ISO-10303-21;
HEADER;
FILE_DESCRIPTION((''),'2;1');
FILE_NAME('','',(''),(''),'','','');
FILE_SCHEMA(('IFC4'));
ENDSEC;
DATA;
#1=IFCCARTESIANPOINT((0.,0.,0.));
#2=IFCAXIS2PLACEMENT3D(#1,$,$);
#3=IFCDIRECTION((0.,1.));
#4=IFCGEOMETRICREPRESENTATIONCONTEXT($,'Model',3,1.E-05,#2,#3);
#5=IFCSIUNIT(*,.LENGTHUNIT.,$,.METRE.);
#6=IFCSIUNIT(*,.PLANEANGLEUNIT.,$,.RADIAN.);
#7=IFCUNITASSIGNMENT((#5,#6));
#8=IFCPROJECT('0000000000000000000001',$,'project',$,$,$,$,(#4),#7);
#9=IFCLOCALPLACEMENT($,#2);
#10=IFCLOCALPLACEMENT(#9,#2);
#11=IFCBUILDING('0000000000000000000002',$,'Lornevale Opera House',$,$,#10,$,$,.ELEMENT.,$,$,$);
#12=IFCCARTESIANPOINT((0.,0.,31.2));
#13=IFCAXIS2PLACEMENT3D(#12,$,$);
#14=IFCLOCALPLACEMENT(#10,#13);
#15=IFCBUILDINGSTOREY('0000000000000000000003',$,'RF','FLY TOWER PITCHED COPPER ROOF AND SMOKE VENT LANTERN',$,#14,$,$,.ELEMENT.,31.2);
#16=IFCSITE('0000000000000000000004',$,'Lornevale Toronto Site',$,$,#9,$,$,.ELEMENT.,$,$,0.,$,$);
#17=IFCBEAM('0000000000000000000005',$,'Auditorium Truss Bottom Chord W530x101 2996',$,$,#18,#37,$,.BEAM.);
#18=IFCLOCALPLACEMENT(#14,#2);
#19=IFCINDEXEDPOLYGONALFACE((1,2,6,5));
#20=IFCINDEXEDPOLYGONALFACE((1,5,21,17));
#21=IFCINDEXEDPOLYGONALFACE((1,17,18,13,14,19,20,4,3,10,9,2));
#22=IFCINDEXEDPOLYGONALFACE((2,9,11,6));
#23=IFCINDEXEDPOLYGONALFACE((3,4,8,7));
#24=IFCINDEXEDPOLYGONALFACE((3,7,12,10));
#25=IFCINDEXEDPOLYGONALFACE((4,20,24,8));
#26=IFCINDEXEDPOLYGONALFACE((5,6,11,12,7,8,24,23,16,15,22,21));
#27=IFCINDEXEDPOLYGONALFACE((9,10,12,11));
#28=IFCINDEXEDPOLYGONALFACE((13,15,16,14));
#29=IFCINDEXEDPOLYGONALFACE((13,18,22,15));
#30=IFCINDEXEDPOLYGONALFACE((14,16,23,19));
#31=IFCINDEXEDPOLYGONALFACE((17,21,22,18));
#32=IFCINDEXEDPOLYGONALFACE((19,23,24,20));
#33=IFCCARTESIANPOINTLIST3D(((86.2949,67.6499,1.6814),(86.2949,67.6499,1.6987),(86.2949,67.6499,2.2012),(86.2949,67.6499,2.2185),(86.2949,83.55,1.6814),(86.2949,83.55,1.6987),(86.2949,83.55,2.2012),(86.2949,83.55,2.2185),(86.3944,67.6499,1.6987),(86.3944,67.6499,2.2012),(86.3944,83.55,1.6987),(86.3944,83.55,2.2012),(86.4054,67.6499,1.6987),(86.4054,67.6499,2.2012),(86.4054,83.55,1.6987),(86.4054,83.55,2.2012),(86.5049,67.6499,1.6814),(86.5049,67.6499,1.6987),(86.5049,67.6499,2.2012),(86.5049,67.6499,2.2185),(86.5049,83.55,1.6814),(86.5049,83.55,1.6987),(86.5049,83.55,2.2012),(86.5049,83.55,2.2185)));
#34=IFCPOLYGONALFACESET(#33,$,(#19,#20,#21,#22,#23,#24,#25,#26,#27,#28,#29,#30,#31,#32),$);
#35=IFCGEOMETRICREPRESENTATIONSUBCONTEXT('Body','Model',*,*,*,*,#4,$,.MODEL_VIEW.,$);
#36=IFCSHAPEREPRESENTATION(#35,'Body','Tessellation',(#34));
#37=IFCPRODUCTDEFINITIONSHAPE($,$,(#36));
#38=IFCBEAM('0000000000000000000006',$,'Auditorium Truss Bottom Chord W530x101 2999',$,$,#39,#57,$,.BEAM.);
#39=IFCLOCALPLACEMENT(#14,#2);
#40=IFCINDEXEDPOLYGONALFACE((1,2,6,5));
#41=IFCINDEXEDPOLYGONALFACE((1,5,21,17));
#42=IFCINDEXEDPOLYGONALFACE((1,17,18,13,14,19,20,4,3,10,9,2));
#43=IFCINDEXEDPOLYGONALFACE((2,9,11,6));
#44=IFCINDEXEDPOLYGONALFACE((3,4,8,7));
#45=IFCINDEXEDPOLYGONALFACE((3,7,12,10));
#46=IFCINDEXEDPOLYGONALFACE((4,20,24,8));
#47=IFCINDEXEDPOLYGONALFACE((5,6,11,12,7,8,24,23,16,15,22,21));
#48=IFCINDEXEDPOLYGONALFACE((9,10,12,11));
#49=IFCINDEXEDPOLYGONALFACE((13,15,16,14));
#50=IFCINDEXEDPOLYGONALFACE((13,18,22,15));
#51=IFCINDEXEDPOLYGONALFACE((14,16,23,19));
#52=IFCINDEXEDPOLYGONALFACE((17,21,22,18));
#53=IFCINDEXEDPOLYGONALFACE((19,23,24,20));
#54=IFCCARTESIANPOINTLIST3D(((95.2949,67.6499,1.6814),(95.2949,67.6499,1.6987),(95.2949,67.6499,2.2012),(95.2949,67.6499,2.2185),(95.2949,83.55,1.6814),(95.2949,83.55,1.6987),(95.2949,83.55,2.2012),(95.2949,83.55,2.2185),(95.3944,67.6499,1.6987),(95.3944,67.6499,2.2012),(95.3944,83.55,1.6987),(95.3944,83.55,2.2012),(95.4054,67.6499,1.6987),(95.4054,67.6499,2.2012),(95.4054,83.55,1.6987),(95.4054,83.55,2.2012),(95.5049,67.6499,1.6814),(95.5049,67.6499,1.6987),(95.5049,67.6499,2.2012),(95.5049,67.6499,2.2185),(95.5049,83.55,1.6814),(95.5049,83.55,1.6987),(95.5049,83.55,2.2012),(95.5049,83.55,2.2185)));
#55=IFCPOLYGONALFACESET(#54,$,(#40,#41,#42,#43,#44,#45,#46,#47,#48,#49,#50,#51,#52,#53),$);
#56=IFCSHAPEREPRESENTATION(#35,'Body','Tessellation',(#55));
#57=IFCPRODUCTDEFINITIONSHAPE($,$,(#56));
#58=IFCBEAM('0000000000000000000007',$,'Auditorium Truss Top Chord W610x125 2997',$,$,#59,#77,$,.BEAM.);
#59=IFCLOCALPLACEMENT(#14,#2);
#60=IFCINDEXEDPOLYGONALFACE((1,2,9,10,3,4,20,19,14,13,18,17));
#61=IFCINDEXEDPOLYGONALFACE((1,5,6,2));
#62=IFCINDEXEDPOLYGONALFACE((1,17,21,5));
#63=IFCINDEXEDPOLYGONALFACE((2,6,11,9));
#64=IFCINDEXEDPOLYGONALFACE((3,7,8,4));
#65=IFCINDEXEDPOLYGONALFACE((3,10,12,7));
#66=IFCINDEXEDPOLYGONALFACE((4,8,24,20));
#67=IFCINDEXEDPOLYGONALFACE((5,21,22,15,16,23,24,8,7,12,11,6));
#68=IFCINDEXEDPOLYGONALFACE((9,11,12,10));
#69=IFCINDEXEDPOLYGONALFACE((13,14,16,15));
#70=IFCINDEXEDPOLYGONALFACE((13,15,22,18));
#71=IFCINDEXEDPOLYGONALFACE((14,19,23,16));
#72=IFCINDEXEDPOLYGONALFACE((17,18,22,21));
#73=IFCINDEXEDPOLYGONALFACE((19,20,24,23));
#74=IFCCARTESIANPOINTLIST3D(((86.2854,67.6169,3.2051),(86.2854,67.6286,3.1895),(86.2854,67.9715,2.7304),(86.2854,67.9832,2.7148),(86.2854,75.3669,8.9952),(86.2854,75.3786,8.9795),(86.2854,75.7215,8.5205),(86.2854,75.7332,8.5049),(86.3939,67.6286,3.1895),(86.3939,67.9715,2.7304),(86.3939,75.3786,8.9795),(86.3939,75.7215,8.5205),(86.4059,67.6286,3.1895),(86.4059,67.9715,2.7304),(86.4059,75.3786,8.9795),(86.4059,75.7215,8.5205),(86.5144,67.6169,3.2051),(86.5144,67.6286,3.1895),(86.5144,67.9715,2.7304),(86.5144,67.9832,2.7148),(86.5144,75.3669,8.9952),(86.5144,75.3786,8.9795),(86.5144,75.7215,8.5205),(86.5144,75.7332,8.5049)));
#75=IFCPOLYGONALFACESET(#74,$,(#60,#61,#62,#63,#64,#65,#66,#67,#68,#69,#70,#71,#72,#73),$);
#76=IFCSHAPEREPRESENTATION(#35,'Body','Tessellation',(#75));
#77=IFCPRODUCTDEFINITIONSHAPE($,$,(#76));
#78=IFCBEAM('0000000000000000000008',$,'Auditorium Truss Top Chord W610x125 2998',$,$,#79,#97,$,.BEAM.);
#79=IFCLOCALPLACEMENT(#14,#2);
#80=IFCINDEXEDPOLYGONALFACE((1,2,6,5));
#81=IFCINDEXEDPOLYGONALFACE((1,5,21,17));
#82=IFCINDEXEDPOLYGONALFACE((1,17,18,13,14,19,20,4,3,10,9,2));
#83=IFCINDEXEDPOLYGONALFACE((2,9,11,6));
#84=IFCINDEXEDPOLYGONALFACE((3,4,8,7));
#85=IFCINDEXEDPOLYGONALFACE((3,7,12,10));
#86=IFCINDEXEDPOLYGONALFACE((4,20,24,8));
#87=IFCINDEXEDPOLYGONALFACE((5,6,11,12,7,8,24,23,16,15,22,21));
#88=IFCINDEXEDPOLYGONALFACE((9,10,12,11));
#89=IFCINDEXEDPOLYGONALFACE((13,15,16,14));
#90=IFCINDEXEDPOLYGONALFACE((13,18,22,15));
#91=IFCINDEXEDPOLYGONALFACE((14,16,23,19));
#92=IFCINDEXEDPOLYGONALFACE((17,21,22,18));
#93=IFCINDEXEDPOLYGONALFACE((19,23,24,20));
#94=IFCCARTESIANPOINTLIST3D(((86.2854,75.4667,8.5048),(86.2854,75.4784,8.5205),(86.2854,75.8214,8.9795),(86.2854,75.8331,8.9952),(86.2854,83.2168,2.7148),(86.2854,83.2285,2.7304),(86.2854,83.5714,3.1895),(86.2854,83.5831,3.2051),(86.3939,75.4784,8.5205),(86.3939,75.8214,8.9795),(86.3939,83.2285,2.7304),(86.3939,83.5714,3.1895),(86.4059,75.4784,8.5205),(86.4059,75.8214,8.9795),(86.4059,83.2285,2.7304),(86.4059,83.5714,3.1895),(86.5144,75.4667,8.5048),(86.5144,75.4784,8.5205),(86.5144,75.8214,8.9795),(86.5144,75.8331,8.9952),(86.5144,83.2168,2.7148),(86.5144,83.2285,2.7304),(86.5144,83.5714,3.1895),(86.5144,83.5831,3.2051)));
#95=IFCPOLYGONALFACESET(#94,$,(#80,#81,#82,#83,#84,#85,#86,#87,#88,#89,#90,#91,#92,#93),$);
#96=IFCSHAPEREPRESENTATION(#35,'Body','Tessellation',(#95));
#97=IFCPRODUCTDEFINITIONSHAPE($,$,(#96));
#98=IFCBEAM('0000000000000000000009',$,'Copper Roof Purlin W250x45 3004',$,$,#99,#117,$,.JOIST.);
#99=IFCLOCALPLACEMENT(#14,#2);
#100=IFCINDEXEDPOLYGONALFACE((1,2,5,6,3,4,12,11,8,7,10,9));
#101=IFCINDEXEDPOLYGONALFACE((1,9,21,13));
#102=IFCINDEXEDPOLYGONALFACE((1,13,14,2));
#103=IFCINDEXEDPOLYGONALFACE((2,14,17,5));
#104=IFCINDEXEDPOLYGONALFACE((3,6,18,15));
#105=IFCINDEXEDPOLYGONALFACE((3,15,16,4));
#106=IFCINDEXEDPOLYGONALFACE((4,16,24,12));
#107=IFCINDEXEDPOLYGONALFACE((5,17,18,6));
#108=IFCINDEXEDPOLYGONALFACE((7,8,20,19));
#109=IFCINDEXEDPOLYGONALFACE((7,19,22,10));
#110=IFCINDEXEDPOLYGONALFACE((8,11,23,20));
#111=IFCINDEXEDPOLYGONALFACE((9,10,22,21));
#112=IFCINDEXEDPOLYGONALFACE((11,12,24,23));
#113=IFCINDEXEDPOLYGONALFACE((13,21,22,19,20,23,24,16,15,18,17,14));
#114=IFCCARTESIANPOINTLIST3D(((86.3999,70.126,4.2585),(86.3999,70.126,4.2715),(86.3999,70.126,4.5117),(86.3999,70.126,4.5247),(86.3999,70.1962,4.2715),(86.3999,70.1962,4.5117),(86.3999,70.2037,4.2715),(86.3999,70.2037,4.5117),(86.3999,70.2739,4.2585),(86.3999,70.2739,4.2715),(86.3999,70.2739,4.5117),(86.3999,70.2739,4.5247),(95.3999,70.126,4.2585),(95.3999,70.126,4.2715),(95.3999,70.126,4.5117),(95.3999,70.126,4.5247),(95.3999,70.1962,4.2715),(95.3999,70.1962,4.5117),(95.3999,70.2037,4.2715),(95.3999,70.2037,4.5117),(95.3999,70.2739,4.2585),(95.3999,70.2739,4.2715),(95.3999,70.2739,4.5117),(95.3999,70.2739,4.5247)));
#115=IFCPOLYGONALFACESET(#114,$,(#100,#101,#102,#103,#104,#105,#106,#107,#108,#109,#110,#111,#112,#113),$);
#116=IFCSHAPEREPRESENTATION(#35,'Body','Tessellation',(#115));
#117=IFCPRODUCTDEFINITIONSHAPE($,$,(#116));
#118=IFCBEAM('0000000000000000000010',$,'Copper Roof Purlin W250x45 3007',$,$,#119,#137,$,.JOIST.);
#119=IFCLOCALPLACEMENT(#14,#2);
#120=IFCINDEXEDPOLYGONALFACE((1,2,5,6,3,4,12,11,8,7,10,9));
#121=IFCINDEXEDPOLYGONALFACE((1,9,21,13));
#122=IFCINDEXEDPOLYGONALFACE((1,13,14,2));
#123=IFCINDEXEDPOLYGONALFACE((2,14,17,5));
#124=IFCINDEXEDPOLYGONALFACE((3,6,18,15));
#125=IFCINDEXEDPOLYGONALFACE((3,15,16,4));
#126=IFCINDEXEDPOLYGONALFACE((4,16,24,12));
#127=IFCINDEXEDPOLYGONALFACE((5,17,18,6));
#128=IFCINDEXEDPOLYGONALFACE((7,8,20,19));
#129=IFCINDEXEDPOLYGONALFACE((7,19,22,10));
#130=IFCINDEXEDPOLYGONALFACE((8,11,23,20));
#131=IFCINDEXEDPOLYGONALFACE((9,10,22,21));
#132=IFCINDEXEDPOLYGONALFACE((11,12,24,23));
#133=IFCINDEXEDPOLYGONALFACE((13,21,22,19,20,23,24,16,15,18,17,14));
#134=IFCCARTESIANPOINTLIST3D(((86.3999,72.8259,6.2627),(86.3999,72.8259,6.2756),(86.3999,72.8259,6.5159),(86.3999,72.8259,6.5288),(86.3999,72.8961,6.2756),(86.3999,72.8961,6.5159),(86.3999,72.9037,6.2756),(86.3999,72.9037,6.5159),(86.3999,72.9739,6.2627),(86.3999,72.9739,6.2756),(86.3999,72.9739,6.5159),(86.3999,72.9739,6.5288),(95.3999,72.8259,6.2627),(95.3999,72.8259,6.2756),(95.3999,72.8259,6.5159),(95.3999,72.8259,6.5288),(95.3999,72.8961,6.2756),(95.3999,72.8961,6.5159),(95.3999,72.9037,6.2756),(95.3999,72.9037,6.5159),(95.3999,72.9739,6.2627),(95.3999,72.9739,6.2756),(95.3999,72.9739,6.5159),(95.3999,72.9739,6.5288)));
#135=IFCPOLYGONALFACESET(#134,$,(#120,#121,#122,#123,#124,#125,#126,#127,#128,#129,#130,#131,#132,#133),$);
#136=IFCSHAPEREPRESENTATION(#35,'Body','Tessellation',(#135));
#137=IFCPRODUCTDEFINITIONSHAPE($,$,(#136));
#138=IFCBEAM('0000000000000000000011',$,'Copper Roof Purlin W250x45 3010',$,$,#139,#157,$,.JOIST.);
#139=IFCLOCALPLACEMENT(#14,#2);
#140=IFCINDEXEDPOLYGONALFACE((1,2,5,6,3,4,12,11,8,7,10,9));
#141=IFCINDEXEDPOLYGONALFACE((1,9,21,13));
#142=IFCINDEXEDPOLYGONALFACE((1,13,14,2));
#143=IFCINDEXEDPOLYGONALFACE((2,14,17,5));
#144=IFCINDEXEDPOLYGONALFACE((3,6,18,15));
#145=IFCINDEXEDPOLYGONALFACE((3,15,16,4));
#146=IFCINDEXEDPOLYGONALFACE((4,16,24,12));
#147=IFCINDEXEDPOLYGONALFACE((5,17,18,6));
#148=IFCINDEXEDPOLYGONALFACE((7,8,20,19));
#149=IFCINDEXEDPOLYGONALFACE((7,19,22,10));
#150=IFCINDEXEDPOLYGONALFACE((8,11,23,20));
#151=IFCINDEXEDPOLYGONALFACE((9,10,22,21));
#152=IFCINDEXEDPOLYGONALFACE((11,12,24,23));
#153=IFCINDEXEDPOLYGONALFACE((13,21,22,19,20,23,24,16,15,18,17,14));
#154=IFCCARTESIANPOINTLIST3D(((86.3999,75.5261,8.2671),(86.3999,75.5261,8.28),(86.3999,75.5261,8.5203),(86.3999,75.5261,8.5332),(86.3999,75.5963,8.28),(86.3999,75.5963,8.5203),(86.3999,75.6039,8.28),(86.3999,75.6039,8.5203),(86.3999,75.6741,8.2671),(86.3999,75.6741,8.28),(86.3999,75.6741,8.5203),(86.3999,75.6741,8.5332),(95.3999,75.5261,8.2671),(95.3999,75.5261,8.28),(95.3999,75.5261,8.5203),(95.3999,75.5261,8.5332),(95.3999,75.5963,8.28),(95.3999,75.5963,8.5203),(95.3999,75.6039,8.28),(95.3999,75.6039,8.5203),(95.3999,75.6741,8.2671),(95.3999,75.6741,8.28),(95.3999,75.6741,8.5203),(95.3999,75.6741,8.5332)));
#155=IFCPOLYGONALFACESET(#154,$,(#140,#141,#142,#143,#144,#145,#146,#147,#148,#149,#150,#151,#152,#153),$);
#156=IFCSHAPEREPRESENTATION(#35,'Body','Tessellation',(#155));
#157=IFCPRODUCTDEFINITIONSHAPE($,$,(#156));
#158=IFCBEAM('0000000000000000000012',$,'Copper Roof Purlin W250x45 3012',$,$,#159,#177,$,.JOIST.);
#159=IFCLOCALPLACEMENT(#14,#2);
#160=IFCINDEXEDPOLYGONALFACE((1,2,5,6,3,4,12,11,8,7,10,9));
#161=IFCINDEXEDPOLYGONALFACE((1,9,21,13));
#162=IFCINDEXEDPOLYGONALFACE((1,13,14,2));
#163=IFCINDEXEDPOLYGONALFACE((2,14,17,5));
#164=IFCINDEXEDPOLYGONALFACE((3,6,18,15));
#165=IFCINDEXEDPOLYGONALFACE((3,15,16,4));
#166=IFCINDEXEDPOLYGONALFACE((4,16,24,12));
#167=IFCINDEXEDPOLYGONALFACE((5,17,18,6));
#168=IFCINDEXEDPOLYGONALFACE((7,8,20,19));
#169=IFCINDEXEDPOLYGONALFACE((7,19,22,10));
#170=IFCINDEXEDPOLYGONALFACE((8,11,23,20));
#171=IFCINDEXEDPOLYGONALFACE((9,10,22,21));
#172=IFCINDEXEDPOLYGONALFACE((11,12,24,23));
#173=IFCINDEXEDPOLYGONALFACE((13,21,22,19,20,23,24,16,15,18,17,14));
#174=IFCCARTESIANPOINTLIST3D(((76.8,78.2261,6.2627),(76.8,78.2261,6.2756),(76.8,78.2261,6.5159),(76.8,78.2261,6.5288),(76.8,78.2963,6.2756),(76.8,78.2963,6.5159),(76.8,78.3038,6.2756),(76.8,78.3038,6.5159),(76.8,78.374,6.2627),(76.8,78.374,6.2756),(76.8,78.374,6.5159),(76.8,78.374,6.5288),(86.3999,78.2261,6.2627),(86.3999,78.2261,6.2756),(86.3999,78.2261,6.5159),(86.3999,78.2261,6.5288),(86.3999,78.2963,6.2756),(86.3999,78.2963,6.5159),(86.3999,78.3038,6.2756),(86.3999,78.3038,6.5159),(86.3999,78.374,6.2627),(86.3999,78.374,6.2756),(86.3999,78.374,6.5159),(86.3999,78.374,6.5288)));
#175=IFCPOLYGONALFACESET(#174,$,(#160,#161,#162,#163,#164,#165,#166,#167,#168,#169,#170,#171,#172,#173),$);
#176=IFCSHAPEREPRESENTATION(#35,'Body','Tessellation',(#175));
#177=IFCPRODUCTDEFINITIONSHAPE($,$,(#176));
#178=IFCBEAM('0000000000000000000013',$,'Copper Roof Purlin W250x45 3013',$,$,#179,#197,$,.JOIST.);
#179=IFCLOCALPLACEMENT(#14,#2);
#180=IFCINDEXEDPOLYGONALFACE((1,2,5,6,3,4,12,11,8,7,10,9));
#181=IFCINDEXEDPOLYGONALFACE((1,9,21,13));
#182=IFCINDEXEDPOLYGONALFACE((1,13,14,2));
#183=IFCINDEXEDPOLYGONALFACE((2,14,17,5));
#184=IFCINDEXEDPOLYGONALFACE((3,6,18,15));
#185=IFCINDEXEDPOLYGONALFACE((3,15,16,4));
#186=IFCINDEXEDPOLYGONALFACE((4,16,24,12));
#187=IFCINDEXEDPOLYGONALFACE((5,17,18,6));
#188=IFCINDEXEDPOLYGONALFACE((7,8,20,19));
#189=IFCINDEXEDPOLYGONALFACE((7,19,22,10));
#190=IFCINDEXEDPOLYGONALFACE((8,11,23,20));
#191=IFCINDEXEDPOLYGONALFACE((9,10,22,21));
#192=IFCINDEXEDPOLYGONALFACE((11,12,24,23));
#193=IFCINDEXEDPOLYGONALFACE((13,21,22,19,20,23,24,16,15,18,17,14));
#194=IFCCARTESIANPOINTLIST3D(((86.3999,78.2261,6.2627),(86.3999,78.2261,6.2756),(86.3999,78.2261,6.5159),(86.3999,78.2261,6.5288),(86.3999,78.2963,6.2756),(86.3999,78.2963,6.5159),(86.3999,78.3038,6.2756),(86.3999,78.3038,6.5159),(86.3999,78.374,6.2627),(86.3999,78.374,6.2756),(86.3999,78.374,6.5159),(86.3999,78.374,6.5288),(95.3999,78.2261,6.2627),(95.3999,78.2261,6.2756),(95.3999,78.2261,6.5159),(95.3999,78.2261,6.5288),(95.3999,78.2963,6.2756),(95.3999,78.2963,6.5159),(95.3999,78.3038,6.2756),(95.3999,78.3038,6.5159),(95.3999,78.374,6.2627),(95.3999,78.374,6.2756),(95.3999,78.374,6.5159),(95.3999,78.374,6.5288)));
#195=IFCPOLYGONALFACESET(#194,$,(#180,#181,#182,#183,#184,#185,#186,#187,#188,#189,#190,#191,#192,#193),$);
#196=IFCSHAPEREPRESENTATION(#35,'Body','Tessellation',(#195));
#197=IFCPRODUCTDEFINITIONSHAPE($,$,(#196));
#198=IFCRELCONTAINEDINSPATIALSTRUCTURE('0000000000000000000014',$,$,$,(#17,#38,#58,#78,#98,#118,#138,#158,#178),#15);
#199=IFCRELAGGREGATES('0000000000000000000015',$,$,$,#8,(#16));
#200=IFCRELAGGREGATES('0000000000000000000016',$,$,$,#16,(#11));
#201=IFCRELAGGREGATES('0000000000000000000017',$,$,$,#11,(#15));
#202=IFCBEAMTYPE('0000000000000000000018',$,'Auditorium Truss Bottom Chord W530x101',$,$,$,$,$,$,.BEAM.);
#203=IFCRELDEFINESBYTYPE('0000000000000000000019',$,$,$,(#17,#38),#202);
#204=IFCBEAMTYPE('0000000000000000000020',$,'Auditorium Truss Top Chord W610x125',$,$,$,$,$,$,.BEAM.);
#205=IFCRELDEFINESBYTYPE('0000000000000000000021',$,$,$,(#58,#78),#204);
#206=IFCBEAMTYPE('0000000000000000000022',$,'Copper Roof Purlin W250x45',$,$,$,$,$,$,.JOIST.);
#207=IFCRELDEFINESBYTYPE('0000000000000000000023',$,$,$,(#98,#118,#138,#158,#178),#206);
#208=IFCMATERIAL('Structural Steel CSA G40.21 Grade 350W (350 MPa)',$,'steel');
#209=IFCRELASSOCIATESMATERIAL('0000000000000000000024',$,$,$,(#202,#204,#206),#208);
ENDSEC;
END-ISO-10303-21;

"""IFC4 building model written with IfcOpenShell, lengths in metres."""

from ifc_helpers import new_model, si_unit, direction, frame, origin, origin_2d, place, context, subcontext, project, spatial, i_section, extrude, material, material_profile, profile_set, type_object, element, save


model = new_model("IFC4")

# Units and contexts
model_context = context("Model", 3, precision=1e-05, world=origin(), true_north=direction((0.0, 1.0)))
body_context = subcontext(model_context, "Body", "Model", "MODEL_VIEW")
ifc_project = project(units=[si_unit("LENGTHUNIT", "METRE"), si_unit("PLANEANGLEUNIT", "RADIAN")], contexts=[model_context])

# Site, building, storey
site_placement = place(None, origin())
site = spatial("IfcSite", under=ifc_project, at=site_placement, Name="Lornevale Toronto Site", CompositionType="ELEMENT", RefElevation=0.0)
building_placement = place(site_placement, origin())
building = spatial("IfcBuilding", under=site, at=building_placement, Name="Lornevale Opera House", CompositionType="ELEMENT")
storey_placement = place(building_placement, frame((0.0, 0.0, 31.2)))
storey = spatial("IfcBuildingStorey", under=building, at=storey_placement, Name="RF", Description="FLY TOWER PITCHED COPPER ROOF AND SMOKE VENT LANTERN", CompositionType="ELEMENT", Elevation=31.2)

# Beams
ifc_material_1 = material(Name="Structural Steel CSA G40.21 Grade 350W (350 MPa)", Category="steel")
ifc_material_profile_1 = material_profile(ifc_material_1, i_section(OverallWidth=0.21, OverallDepth=0.5371, WebThickness=0.011, FlangeThickness=0.0173, at=origin_2d()), Name="W530x101")
ifc_profile_set_1 = profile_set([ifc_material_profile_1], Name="Structural Steel CSA G40.21 Grade 350W (350 MPa)")
beam_type_1 = type_object("IfcBeamType", Name="Auditorium Truss Bottom Chord W530x101", PredefinedType="BEAM", material=ifc_profile_set_1)
for number, where, z_axis, x_axis, name in (
    (1, (86.3999, 67.6499, 1.95), (0.0, 1.0, 0.0), (-1.0, 0.0, 0.0), "Auditorium Truss Bottom Chord W530x101 2996"),
    (2, (95.3999, 67.6499, 1.95), (0.0, 1.0, 0.0), (-1.0, 0.0, 0.0), "Auditorium Truss Bottom Chord W530x101 2999"),
):
    element("IfcBeam", number, at=place(storey_placement, frame(where, z_axis=z_axis, x_axis=x_axis)), inside=storey, type_object=beam_type_1, Name=name, PredefinedType="BEAM", context=body_context, shape_type="SweptSolid", body=[
        extrude(i_section(OverallWidth=0.21, OverallDepth=0.5371, WebThickness=0.011, FlangeThickness=0.0173, at=origin_2d()), origin(), (0.0, 0.0, 1.0), 15.9001),
    ])
ifc_material_profile_2 = material_profile(ifc_material_1, i_section(OverallWidth=0.229, OverallDepth=0.6121, WebThickness=0.012, FlangeThickness=0.0195, at=origin_2d()), Name="W610x125")
ifc_profile_set_2 = profile_set([ifc_material_profile_2], Name="Structural Steel CSA G40.21 Grade 350W (350 MPa)")
beam_type_2 = type_object("IfcBeamType", Name="Auditorium Truss Top Chord W610x125", PredefinedType="BEAM", material=ifc_profile_set_2)
for number, where, z_axis, x_axis, name in (
    (3, (86.3999, 67.8, 2.96), (0.0, 0.801113, 0.598513), (-1.0, 0.0, 0.0), "Auditorium Truss Top Chord W610x125 2997"),
    (4, (86.3999, 75.6499, 8.75), (0.0, 0.801113, -0.598513), (-1.0, 0.0, 0.0), "Auditorium Truss Top Chord W610x125 2998"),
):
    element("IfcBeam", number, at=place(storey_placement, frame(where, z_axis=z_axis, x_axis=x_axis)), inside=storey, type_object=beam_type_2, Name=name, PredefinedType="BEAM", context=body_context, shape_type="SweptSolid", body=[
        extrude(i_section(OverallWidth=0.229, OverallDepth=0.6121, WebThickness=0.012, FlangeThickness=0.0195, at=origin_2d()), origin(), (0.0, 0.0, 1.0), 9.6741),
    ])
ifc_material_profile_3 = material_profile(ifc_material_1, i_section(OverallWidth=0.1479, OverallDepth=0.2661, WebThickness=0.0076, FlangeThickness=0.0129, at=origin_2d()), Name="W250x45")
ifc_profile_set_3 = profile_set([ifc_material_profile_3], Name="Structural Steel CSA G40.21 Grade 350W (350 MPa)")
beam_type_3 = type_object("IfcBeamType", Name="Copper Roof Purlin W250x45", PredefinedType="JOIST", material=ifc_profile_set_3)
for number, where, z_axis, x_axis, name in (
    (5, (86.3999, 70.2, 4.3916), (1.0, 0.0, 0.0), (0.0, 1.0, 0.0), "Copper Roof Purlin W250x45 3004"),
    (6, (86.3999, 72.8999, 6.3958), (1.0, 0.0, 0.0), (0.0, 1.0, 0.0), "Copper Roof Purlin W250x45 3007"),
    (7, (86.3999, 75.6001, 8.4001), (1.0, 0.0, 0.0), (0.0, 1.0, 0.0), "Copper Roof Purlin W250x45 3010"),
):
    element("IfcBeam", number, at=place(storey_placement, frame(where, z_axis=z_axis, x_axis=x_axis)), inside=storey, type_object=beam_type_3, Name=name, PredefinedType="JOIST", context=body_context, shape_type="SweptSolid", body=[
        extrude(i_section(OverallWidth=0.1479, OverallDepth=0.2661, WebThickness=0.0076, FlangeThickness=0.0129, at=origin_2d()), origin(), (0.0, 0.0, 1.0), 9.0),
    ])
beam_1_placement = place(storey_placement, frame((76.8, 78.3, 6.3958), z_axis=(1.0, 0.0, 0.0), x_axis=(0.0, 1.0, 0.0)))
element("IfcBeam", 8, at=beam_1_placement, inside=storey, type_object=beam_type_3, Name="Copper Roof Purlin W250x45 3012", PredefinedType="JOIST", context=body_context, shape_type="SweptSolid", body=[
    extrude(i_section(OverallWidth=0.1479, OverallDepth=0.2661, WebThickness=0.0076, FlangeThickness=0.0129, at=origin_2d()), origin(), (0.0, 0.0, 1.0), 9.5999),
])
beam_2_placement = place(storey_placement, frame((86.3999, 78.3, 6.3958), z_axis=(1.0, 0.0, 0.0), x_axis=(0.0, 1.0, 0.0)))
element("IfcBeam", 9, at=beam_2_placement, inside=storey, type_object=beam_type_3, Name="Copper Roof Purlin W250x45 3013", PredefinedType="JOIST", context=body_context, shape_type="SweptSolid", body=[
    extrude(i_section(OverallWidth=0.1479, OverallDepth=0.2661, WebThickness=0.0076, FlangeThickness=0.0129, at=origin_2d()), origin(), (0.0, 0.0, 1.0), 9.0),
])

save(model, "model.ifc")
